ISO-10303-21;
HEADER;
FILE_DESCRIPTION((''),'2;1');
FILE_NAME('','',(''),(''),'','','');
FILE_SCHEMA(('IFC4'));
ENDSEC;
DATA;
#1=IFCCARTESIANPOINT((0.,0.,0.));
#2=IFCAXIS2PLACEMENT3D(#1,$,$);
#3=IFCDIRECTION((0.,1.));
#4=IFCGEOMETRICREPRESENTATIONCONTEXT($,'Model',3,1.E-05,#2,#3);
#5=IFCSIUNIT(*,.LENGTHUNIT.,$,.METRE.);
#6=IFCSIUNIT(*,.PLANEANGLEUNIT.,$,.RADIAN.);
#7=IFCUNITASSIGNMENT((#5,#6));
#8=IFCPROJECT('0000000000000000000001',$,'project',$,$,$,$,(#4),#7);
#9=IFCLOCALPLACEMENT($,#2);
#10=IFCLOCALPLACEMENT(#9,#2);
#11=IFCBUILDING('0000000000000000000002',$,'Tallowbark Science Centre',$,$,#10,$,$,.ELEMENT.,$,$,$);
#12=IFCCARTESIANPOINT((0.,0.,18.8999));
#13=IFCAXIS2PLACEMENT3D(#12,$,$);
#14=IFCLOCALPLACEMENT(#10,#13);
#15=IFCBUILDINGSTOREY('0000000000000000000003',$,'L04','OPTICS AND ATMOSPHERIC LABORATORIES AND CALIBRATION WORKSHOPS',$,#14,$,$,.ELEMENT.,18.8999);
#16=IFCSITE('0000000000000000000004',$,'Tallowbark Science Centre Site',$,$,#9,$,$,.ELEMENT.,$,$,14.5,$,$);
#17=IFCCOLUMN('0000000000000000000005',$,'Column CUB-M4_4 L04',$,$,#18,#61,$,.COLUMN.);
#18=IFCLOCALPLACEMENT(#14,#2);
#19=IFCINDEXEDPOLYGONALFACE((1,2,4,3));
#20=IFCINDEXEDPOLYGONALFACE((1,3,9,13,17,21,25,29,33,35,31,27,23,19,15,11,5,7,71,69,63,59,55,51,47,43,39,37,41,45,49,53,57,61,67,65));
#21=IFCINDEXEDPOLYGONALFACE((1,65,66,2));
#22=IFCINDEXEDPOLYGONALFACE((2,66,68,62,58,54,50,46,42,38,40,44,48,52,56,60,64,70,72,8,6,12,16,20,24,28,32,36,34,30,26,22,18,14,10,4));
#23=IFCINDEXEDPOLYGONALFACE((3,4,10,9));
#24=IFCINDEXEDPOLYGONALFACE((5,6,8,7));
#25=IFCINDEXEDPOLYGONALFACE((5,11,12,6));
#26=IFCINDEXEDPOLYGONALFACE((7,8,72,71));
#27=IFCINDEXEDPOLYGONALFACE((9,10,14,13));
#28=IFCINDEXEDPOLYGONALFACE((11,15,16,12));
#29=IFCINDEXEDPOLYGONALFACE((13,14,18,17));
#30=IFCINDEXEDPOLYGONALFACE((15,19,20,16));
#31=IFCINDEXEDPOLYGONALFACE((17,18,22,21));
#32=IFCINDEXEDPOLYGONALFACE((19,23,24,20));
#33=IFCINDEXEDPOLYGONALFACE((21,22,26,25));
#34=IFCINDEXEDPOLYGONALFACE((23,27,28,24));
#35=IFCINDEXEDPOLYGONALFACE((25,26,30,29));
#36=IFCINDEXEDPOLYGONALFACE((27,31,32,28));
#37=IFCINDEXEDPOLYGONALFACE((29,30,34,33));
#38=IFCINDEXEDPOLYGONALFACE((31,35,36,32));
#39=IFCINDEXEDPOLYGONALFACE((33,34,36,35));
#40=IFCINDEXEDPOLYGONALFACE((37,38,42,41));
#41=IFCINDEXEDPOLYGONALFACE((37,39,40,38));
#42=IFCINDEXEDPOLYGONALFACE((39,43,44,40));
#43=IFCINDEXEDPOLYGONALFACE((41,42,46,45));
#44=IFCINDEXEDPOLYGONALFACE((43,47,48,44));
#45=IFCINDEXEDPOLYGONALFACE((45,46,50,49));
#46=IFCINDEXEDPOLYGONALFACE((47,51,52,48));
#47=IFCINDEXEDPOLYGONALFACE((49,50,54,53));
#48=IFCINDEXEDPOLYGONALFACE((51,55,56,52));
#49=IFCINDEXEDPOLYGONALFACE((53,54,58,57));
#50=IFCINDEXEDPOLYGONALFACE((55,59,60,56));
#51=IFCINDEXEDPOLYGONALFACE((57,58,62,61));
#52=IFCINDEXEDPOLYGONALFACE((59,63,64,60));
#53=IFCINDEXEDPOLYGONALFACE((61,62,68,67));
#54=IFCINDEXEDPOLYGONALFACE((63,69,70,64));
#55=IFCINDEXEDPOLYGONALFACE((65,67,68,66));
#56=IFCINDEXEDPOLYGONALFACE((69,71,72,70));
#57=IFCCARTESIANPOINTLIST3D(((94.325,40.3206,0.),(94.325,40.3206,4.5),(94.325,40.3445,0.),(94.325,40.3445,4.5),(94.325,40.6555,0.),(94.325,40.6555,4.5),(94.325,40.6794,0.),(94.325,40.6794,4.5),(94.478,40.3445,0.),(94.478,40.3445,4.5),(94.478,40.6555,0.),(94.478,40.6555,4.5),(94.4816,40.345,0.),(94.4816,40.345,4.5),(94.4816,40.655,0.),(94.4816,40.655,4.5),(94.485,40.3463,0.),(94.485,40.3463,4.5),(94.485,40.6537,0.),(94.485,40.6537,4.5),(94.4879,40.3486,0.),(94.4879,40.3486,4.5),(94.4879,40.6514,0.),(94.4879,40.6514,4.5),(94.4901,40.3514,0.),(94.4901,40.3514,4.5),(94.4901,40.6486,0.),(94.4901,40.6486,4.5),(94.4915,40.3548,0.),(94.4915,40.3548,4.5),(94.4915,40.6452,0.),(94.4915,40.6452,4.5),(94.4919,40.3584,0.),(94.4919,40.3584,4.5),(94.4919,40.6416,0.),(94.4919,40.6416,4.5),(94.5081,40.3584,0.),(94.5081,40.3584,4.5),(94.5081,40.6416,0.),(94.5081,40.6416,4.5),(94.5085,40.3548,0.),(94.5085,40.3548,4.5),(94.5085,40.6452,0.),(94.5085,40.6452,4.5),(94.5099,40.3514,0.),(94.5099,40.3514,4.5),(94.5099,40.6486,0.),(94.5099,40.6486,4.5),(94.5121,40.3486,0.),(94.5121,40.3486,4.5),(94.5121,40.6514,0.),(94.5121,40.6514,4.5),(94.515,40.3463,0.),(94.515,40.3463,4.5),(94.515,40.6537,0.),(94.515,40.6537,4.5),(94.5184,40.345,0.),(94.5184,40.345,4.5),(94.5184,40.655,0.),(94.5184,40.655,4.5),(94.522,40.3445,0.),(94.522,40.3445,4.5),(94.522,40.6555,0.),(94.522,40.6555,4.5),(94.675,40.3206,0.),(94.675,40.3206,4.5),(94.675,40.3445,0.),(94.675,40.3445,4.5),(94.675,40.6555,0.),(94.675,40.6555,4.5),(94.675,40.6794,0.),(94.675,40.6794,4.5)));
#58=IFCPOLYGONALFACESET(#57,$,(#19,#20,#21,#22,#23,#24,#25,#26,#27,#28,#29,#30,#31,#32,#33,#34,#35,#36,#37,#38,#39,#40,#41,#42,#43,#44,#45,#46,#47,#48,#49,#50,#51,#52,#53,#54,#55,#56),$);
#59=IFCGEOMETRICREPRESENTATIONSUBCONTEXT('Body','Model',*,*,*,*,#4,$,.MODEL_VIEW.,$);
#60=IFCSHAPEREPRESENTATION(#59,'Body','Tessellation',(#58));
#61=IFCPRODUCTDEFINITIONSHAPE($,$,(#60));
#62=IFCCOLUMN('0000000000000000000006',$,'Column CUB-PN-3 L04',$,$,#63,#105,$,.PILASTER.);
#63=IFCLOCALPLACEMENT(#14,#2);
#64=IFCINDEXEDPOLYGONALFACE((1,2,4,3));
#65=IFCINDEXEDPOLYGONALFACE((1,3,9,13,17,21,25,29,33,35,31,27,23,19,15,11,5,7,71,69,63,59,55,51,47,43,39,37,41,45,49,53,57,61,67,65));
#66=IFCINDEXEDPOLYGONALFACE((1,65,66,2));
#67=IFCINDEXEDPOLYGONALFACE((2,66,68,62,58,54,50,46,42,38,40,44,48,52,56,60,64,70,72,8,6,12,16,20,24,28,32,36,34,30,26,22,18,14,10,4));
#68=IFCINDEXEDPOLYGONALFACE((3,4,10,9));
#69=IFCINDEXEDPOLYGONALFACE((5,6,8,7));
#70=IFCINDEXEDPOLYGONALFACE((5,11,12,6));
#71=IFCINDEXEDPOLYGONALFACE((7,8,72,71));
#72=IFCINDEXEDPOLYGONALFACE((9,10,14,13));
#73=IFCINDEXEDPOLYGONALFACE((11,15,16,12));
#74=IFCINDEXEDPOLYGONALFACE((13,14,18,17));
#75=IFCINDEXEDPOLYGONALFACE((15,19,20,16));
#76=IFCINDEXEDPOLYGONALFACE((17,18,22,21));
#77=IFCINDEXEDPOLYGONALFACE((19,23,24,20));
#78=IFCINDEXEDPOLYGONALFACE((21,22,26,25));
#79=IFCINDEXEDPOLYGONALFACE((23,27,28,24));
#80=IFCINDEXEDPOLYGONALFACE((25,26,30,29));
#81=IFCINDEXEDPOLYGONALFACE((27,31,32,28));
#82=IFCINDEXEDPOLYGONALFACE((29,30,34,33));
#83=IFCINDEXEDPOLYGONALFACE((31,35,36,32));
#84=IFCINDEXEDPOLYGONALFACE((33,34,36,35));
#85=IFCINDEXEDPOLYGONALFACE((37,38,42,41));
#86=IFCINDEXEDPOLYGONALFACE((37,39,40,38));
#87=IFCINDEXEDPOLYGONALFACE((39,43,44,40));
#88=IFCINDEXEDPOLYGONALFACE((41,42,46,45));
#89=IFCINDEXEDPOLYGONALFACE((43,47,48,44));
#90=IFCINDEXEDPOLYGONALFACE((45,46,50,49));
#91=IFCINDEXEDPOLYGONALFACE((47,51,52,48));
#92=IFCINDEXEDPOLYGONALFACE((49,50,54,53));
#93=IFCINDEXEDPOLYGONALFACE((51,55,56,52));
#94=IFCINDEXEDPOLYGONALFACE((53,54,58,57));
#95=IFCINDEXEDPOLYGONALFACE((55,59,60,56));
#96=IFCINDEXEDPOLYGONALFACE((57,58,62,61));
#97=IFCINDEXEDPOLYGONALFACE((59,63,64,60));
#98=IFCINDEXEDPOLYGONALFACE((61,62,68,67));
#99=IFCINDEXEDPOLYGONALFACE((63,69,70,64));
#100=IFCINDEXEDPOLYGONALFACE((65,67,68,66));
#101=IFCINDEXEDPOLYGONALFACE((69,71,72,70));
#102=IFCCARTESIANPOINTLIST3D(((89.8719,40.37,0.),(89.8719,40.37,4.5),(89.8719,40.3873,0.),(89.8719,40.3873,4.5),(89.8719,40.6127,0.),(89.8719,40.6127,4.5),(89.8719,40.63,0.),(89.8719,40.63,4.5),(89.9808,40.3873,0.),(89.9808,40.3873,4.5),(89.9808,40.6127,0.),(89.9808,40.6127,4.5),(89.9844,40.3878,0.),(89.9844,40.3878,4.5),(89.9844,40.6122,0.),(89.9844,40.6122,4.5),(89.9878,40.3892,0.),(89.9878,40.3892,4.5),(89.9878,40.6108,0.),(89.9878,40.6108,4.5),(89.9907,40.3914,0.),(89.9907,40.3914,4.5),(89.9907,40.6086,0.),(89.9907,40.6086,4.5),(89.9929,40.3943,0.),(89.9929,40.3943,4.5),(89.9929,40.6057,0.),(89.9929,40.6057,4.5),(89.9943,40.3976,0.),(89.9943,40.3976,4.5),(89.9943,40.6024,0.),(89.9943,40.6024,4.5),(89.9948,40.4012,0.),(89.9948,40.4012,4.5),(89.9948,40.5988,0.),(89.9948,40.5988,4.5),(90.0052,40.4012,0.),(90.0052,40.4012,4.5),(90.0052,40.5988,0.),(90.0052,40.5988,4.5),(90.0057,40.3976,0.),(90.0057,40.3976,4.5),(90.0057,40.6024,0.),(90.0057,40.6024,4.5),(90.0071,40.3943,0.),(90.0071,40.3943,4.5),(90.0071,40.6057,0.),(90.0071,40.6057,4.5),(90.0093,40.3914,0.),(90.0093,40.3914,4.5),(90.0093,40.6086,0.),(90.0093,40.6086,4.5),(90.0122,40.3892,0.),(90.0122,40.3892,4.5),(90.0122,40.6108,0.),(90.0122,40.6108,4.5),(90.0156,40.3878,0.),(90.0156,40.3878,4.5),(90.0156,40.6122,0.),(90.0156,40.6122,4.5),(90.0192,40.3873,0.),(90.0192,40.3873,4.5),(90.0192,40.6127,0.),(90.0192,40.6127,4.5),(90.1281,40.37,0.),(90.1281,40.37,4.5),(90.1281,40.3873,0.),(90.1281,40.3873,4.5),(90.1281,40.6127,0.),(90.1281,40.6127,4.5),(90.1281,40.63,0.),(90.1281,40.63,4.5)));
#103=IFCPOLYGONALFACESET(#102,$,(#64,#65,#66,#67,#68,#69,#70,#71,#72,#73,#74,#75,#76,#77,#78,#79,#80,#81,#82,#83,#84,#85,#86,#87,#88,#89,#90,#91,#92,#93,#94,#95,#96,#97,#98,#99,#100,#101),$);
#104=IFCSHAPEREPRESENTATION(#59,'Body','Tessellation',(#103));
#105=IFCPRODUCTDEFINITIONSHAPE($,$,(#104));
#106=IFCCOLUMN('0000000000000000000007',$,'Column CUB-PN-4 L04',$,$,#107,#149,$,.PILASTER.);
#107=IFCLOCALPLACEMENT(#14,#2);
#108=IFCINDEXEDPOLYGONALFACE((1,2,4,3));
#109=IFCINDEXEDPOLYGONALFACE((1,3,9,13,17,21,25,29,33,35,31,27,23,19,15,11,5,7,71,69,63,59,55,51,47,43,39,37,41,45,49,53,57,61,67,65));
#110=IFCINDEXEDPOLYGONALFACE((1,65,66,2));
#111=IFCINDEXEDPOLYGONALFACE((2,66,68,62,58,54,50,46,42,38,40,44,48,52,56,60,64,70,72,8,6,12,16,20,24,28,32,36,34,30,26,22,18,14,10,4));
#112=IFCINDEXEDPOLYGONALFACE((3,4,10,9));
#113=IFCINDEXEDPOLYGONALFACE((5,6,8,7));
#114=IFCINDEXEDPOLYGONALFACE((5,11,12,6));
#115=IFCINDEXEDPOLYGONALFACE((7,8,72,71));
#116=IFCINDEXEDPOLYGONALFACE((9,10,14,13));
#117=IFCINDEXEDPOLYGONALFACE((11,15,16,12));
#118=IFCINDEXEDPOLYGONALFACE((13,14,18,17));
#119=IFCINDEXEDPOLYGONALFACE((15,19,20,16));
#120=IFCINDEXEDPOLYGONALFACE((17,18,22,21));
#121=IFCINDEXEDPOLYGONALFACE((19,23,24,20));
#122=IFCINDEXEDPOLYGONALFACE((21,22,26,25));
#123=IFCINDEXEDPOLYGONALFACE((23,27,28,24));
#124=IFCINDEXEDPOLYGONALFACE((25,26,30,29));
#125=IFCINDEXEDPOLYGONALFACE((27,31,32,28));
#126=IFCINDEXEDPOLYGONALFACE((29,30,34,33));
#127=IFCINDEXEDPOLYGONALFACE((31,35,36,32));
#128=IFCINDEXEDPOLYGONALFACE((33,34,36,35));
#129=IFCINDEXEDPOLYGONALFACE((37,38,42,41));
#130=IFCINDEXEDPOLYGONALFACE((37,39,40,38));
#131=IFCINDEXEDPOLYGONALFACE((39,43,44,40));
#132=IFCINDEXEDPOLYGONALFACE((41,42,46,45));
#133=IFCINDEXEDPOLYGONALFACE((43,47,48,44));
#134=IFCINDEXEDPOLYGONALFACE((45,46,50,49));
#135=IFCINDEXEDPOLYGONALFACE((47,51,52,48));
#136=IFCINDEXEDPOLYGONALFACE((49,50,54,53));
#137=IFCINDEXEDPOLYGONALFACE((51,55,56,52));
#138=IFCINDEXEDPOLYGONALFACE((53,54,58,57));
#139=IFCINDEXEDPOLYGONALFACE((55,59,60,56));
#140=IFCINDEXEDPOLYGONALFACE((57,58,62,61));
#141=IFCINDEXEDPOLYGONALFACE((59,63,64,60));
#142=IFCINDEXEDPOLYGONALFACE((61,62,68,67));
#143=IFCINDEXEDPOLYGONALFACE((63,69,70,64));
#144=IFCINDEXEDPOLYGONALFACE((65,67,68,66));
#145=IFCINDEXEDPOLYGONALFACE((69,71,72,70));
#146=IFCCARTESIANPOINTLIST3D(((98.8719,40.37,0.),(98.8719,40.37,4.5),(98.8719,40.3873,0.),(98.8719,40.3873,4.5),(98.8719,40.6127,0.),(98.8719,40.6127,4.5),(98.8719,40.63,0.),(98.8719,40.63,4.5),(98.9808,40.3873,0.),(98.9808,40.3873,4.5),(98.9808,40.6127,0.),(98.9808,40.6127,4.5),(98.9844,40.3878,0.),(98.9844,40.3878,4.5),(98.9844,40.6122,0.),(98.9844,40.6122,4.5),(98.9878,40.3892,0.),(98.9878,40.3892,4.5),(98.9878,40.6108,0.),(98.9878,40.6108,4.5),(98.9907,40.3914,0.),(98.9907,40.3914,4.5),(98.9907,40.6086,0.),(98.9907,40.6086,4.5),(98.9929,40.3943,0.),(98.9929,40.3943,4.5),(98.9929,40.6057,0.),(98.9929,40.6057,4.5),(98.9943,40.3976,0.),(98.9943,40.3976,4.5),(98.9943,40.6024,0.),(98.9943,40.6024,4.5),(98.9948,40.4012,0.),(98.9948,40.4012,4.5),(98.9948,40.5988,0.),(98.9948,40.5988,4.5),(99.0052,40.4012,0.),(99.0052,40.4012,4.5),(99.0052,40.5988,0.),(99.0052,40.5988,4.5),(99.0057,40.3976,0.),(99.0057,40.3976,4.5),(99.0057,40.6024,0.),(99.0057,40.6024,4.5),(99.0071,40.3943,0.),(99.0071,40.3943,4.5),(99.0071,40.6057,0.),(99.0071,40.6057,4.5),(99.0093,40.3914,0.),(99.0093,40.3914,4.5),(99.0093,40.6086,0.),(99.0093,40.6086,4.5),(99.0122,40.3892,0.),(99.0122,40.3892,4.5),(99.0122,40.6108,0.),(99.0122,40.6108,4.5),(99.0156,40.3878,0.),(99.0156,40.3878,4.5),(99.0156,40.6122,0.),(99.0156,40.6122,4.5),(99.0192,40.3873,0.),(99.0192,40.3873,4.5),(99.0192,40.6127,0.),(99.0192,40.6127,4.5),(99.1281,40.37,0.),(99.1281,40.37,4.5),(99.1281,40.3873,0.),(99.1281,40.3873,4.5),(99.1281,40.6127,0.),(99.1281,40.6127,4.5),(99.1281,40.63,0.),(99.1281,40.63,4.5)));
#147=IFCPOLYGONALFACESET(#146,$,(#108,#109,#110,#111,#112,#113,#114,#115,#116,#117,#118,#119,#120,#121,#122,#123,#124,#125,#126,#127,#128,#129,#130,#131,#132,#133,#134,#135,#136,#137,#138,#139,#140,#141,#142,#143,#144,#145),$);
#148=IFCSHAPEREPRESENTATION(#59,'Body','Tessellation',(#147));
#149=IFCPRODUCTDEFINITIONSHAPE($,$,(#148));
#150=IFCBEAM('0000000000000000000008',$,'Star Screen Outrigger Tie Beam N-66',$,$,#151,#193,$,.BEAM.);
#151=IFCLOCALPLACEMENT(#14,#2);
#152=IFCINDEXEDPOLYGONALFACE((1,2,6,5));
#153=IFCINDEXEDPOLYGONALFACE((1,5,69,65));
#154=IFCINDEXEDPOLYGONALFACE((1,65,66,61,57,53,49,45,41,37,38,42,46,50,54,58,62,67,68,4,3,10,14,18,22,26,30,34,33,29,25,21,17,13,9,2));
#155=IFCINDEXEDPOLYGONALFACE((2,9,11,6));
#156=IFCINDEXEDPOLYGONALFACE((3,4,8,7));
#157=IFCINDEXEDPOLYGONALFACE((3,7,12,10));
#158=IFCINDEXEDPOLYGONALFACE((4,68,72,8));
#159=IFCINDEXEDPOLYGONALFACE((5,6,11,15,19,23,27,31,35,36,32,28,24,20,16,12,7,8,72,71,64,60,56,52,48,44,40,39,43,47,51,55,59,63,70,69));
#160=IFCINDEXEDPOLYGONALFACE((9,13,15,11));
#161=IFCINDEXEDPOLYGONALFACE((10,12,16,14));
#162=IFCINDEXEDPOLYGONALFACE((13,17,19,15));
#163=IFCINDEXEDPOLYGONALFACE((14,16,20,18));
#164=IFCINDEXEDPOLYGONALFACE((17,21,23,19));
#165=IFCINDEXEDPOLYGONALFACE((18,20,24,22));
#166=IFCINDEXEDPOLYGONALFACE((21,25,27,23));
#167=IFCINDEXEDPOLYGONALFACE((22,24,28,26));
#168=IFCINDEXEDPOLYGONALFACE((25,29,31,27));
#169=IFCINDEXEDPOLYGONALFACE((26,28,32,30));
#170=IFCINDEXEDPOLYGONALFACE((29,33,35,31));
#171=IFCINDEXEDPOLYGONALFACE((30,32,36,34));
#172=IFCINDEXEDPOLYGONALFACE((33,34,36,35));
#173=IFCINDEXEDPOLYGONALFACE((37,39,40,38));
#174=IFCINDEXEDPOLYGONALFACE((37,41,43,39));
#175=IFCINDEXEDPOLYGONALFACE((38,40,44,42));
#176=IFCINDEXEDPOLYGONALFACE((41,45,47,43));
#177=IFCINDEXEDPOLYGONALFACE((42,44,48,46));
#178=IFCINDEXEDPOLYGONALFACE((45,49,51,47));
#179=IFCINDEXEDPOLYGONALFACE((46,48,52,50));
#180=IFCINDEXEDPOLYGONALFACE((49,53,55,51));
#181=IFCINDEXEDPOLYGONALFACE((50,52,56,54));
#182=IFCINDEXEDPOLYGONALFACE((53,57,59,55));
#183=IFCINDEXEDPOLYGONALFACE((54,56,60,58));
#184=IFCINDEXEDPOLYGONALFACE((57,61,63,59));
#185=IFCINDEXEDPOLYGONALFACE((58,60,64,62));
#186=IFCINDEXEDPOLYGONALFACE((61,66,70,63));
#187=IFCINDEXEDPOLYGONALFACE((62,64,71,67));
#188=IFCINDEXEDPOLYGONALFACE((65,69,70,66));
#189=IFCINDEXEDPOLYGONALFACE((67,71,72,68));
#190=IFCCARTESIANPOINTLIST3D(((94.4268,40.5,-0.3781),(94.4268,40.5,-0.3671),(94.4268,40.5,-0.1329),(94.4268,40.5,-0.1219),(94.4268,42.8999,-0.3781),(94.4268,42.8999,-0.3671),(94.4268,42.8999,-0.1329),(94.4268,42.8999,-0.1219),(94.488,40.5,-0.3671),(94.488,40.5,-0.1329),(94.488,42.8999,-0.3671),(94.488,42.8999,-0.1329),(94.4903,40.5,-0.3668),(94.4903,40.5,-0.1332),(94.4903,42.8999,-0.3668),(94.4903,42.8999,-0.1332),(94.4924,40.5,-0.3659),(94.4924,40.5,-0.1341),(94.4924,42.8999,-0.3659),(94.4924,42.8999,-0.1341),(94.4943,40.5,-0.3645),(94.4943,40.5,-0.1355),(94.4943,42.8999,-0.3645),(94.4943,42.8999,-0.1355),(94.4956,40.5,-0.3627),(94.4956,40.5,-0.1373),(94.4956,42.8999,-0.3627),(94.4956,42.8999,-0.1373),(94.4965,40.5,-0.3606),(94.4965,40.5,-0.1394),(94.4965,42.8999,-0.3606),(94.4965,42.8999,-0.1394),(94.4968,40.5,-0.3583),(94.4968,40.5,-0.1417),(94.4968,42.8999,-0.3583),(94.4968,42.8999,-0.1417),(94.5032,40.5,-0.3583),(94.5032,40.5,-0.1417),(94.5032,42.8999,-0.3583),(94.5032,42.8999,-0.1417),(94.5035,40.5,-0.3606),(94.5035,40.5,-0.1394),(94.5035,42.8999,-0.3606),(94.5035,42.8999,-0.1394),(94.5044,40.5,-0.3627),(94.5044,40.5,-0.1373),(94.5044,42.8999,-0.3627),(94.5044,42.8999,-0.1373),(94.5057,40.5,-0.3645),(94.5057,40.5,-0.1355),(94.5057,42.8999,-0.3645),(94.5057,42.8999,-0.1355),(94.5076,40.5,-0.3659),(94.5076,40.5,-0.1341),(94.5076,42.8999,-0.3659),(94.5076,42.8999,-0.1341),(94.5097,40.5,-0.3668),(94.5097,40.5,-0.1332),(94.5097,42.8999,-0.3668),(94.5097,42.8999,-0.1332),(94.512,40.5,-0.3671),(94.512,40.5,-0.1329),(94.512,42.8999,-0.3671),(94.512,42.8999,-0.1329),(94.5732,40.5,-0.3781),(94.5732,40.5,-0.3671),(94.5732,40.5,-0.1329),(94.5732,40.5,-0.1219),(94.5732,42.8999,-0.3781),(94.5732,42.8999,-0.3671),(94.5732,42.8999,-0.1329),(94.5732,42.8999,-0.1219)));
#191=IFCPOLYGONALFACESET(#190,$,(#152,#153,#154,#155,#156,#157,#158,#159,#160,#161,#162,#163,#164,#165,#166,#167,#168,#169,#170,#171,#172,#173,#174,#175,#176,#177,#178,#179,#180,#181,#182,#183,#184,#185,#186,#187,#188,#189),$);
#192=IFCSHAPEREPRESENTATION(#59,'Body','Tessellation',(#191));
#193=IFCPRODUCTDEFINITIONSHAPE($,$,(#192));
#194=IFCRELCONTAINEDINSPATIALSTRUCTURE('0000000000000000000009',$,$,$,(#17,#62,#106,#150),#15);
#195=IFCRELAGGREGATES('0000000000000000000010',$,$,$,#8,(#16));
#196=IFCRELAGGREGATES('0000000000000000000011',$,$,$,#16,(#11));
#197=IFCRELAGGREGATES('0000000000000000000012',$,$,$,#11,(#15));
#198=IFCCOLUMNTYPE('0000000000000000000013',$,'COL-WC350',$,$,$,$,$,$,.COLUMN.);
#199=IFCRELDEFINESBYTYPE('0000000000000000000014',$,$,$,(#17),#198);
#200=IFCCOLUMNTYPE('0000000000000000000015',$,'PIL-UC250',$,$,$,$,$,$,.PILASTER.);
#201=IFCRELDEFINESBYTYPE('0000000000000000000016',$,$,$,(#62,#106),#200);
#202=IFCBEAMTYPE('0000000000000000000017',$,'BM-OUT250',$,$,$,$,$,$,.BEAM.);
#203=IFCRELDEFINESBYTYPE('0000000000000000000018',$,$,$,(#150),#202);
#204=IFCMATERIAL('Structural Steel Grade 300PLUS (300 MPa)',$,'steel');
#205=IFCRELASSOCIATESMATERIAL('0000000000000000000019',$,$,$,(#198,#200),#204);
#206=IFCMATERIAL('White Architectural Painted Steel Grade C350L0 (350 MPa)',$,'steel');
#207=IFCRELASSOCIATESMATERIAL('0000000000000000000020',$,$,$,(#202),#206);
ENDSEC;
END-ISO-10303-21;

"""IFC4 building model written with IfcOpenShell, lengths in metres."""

from ifc_helpers import new_model, si_unit, direction, frame, origin, origin_2d, place, context, subcontext, project, spatial, i_section, extrude, material, material_profile, profile_set, type_object, element, save


model = new_model("IFC4")

# Units and contexts
model_context = context("Model", 3, precision=1e-05, world=origin(), true_north=direction((0.0, 1.0)))
body_context = subcontext(model_context, "Body", "Model", "MODEL_VIEW")
ifc_project = project(units=[si_unit("LENGTHUNIT", "METRE"), si_unit("PLANEANGLEUNIT", "RADIAN")], contexts=[model_context])

# Site, building, storey
site_placement = place(None, origin())
site = spatial("IfcSite", under=ifc_project, at=site_placement, Name="Tallowbark Science Centre Site", CompositionType="ELEMENT", RefElevation=14.5)
building_placement = place(site_placement, origin())
building = spatial("IfcBuilding", under=site, at=building_placement, Name="Tallowbark Science Centre", CompositionType="ELEMENT")
storey_placement = place(building_placement, frame((0.0, 0.0, 18.8999)))
storey = spatial("IfcBuildingStorey", under=building, at=storey_placement, Name="L04", Description="OPTICS AND ATMOSPHERIC LABORATORIES AND CALIBRATION WORKSHOPS", CompositionType="ELEMENT", Elevation=18.8999)

# Columns
ifc_material_1 = material(Name="Structural Steel Grade 300PLUS (300 MPa)", Category="steel")
ifc_material_profile_1 = material_profile(ifc_material_1, i_section(OverallWidth=0.3501, OverallDepth=0.3589, WebThickness=0.0161, FlangeThickness=0.0239, FilletRadius=0.0139, at=origin_2d()), Name="350WC197")
ifc_profile_set_1 = profile_set([ifc_material_profile_1], Name="Structural Steel Grade 300PLUS (300 MPa)")
column_type_1 = type_object("IfcColumnType", Name="COL-WC350", PredefinedType="COLUMN", material=ifc_profile_set_1)
column_placement = place(storey_placement, frame((94.5, 40.5, 0.0), z_axis=(0.0, 0.0, 1.0), x_axis=(1.0, 0.0, 0.0)))
element("IfcColumn", 1, at=column_placement, inside=storey, type_object=column_type_1, Name="Column CUB-M4_4 L04", PredefinedType="COLUMN", context=body_context, shape_type="SweptSolid", body=[
    extrude(i_section(OverallWidth=0.3501, OverallDepth=0.3589, WebThickness=0.0161, FlangeThickness=0.0239, FilletRadius=0.0139, at=origin_2d()), origin(), (0.0, 0.0, 1.0), 4.5),
])
ifc_material_profile_2 = material_profile(ifc_material_1, i_section(OverallWidth=0.2561, OverallDepth=0.26, WebThickness=0.0105, FlangeThickness=0.0173, FilletRadius=0.0139, at=origin_2d()), Name="250UC89.5")
ifc_profile_set_2 = profile_set([ifc_material_profile_2], Name="Structural Steel Grade 300PLUS (300 MPa)")
column_type_2 = type_object("IfcColumnType", Name="PIL-UC250", PredefinedType="PILASTER", material=ifc_profile_set_2)
for number, where, z_axis, x_axis, name in (
    (2, (90.0, 40.5, 0.0), (0.0, 0.0, 1.0), (1.0, 0.0, 0.0), "Column CUB-PN-3 L04"),
    (3, (99.0, 40.5, 0.0), (0.0, 0.0, 1.0), (1.0, 0.0, 0.0), "Column CUB-PN-4 L04"),
):
    element("IfcColumn", number, at=place(storey_placement, frame(where, z_axis=z_axis, x_axis=x_axis)), inside=storey, type_object=column_type_2, Name=name, PredefinedType="PILASTER", context=body_context, shape_type="SweptSolid", body=[
        extrude(i_section(OverallWidth=0.2561, OverallDepth=0.26, WebThickness=0.0105, FlangeThickness=0.0173, FilletRadius=0.0139, at=origin_2d()), origin(), (0.0, 0.0, 1.0), 4.5),
    ])

# Beam
ifc_material_2 = material(Name="White Architectural Painted Steel Grade C350L0 (350 MPa)", Category="steel")
ifc_material_profile_3 = material_profile(ifc_material_2, i_section(OverallWidth=0.1465, OverallDepth=0.2561, WebThickness=0.0063, FlangeThickness=0.011, FilletRadius=0.0088, at=origin_2d()), Name="250UB37.3")
ifc_profile_set_3 = profile_set([ifc_material_profile_3], Name="White Architectural Painted Steel Grade C350L0 (350 MPa)")
beam_type_1 = type_object("IfcBeamType", Name="BM-OUT250", PredefinedType="BEAM", material=ifc_profile_set_3)
beam_placement = place(storey_placement, frame((94.5, 40.5, -0.25), z_axis=(0.0, 1.0, 0.0), x_axis=(-1.0, 0.0, 0.0)))
element("IfcBeam", 4, at=beam_placement, inside=storey, type_object=beam_type_1, Name="Star Screen Outrigger Tie Beam N-66", PredefinedType="BEAM", context=body_context, shape_type="SweptSolid", body=[
    extrude(i_section(OverallWidth=0.1465, OverallDepth=0.2561, WebThickness=0.0063, FlangeThickness=0.011, FilletRadius=0.0088, at=origin_2d()), origin(), (0.0, 0.0, 1.0), 2.3999),
])

save(model, "model.ifc")
